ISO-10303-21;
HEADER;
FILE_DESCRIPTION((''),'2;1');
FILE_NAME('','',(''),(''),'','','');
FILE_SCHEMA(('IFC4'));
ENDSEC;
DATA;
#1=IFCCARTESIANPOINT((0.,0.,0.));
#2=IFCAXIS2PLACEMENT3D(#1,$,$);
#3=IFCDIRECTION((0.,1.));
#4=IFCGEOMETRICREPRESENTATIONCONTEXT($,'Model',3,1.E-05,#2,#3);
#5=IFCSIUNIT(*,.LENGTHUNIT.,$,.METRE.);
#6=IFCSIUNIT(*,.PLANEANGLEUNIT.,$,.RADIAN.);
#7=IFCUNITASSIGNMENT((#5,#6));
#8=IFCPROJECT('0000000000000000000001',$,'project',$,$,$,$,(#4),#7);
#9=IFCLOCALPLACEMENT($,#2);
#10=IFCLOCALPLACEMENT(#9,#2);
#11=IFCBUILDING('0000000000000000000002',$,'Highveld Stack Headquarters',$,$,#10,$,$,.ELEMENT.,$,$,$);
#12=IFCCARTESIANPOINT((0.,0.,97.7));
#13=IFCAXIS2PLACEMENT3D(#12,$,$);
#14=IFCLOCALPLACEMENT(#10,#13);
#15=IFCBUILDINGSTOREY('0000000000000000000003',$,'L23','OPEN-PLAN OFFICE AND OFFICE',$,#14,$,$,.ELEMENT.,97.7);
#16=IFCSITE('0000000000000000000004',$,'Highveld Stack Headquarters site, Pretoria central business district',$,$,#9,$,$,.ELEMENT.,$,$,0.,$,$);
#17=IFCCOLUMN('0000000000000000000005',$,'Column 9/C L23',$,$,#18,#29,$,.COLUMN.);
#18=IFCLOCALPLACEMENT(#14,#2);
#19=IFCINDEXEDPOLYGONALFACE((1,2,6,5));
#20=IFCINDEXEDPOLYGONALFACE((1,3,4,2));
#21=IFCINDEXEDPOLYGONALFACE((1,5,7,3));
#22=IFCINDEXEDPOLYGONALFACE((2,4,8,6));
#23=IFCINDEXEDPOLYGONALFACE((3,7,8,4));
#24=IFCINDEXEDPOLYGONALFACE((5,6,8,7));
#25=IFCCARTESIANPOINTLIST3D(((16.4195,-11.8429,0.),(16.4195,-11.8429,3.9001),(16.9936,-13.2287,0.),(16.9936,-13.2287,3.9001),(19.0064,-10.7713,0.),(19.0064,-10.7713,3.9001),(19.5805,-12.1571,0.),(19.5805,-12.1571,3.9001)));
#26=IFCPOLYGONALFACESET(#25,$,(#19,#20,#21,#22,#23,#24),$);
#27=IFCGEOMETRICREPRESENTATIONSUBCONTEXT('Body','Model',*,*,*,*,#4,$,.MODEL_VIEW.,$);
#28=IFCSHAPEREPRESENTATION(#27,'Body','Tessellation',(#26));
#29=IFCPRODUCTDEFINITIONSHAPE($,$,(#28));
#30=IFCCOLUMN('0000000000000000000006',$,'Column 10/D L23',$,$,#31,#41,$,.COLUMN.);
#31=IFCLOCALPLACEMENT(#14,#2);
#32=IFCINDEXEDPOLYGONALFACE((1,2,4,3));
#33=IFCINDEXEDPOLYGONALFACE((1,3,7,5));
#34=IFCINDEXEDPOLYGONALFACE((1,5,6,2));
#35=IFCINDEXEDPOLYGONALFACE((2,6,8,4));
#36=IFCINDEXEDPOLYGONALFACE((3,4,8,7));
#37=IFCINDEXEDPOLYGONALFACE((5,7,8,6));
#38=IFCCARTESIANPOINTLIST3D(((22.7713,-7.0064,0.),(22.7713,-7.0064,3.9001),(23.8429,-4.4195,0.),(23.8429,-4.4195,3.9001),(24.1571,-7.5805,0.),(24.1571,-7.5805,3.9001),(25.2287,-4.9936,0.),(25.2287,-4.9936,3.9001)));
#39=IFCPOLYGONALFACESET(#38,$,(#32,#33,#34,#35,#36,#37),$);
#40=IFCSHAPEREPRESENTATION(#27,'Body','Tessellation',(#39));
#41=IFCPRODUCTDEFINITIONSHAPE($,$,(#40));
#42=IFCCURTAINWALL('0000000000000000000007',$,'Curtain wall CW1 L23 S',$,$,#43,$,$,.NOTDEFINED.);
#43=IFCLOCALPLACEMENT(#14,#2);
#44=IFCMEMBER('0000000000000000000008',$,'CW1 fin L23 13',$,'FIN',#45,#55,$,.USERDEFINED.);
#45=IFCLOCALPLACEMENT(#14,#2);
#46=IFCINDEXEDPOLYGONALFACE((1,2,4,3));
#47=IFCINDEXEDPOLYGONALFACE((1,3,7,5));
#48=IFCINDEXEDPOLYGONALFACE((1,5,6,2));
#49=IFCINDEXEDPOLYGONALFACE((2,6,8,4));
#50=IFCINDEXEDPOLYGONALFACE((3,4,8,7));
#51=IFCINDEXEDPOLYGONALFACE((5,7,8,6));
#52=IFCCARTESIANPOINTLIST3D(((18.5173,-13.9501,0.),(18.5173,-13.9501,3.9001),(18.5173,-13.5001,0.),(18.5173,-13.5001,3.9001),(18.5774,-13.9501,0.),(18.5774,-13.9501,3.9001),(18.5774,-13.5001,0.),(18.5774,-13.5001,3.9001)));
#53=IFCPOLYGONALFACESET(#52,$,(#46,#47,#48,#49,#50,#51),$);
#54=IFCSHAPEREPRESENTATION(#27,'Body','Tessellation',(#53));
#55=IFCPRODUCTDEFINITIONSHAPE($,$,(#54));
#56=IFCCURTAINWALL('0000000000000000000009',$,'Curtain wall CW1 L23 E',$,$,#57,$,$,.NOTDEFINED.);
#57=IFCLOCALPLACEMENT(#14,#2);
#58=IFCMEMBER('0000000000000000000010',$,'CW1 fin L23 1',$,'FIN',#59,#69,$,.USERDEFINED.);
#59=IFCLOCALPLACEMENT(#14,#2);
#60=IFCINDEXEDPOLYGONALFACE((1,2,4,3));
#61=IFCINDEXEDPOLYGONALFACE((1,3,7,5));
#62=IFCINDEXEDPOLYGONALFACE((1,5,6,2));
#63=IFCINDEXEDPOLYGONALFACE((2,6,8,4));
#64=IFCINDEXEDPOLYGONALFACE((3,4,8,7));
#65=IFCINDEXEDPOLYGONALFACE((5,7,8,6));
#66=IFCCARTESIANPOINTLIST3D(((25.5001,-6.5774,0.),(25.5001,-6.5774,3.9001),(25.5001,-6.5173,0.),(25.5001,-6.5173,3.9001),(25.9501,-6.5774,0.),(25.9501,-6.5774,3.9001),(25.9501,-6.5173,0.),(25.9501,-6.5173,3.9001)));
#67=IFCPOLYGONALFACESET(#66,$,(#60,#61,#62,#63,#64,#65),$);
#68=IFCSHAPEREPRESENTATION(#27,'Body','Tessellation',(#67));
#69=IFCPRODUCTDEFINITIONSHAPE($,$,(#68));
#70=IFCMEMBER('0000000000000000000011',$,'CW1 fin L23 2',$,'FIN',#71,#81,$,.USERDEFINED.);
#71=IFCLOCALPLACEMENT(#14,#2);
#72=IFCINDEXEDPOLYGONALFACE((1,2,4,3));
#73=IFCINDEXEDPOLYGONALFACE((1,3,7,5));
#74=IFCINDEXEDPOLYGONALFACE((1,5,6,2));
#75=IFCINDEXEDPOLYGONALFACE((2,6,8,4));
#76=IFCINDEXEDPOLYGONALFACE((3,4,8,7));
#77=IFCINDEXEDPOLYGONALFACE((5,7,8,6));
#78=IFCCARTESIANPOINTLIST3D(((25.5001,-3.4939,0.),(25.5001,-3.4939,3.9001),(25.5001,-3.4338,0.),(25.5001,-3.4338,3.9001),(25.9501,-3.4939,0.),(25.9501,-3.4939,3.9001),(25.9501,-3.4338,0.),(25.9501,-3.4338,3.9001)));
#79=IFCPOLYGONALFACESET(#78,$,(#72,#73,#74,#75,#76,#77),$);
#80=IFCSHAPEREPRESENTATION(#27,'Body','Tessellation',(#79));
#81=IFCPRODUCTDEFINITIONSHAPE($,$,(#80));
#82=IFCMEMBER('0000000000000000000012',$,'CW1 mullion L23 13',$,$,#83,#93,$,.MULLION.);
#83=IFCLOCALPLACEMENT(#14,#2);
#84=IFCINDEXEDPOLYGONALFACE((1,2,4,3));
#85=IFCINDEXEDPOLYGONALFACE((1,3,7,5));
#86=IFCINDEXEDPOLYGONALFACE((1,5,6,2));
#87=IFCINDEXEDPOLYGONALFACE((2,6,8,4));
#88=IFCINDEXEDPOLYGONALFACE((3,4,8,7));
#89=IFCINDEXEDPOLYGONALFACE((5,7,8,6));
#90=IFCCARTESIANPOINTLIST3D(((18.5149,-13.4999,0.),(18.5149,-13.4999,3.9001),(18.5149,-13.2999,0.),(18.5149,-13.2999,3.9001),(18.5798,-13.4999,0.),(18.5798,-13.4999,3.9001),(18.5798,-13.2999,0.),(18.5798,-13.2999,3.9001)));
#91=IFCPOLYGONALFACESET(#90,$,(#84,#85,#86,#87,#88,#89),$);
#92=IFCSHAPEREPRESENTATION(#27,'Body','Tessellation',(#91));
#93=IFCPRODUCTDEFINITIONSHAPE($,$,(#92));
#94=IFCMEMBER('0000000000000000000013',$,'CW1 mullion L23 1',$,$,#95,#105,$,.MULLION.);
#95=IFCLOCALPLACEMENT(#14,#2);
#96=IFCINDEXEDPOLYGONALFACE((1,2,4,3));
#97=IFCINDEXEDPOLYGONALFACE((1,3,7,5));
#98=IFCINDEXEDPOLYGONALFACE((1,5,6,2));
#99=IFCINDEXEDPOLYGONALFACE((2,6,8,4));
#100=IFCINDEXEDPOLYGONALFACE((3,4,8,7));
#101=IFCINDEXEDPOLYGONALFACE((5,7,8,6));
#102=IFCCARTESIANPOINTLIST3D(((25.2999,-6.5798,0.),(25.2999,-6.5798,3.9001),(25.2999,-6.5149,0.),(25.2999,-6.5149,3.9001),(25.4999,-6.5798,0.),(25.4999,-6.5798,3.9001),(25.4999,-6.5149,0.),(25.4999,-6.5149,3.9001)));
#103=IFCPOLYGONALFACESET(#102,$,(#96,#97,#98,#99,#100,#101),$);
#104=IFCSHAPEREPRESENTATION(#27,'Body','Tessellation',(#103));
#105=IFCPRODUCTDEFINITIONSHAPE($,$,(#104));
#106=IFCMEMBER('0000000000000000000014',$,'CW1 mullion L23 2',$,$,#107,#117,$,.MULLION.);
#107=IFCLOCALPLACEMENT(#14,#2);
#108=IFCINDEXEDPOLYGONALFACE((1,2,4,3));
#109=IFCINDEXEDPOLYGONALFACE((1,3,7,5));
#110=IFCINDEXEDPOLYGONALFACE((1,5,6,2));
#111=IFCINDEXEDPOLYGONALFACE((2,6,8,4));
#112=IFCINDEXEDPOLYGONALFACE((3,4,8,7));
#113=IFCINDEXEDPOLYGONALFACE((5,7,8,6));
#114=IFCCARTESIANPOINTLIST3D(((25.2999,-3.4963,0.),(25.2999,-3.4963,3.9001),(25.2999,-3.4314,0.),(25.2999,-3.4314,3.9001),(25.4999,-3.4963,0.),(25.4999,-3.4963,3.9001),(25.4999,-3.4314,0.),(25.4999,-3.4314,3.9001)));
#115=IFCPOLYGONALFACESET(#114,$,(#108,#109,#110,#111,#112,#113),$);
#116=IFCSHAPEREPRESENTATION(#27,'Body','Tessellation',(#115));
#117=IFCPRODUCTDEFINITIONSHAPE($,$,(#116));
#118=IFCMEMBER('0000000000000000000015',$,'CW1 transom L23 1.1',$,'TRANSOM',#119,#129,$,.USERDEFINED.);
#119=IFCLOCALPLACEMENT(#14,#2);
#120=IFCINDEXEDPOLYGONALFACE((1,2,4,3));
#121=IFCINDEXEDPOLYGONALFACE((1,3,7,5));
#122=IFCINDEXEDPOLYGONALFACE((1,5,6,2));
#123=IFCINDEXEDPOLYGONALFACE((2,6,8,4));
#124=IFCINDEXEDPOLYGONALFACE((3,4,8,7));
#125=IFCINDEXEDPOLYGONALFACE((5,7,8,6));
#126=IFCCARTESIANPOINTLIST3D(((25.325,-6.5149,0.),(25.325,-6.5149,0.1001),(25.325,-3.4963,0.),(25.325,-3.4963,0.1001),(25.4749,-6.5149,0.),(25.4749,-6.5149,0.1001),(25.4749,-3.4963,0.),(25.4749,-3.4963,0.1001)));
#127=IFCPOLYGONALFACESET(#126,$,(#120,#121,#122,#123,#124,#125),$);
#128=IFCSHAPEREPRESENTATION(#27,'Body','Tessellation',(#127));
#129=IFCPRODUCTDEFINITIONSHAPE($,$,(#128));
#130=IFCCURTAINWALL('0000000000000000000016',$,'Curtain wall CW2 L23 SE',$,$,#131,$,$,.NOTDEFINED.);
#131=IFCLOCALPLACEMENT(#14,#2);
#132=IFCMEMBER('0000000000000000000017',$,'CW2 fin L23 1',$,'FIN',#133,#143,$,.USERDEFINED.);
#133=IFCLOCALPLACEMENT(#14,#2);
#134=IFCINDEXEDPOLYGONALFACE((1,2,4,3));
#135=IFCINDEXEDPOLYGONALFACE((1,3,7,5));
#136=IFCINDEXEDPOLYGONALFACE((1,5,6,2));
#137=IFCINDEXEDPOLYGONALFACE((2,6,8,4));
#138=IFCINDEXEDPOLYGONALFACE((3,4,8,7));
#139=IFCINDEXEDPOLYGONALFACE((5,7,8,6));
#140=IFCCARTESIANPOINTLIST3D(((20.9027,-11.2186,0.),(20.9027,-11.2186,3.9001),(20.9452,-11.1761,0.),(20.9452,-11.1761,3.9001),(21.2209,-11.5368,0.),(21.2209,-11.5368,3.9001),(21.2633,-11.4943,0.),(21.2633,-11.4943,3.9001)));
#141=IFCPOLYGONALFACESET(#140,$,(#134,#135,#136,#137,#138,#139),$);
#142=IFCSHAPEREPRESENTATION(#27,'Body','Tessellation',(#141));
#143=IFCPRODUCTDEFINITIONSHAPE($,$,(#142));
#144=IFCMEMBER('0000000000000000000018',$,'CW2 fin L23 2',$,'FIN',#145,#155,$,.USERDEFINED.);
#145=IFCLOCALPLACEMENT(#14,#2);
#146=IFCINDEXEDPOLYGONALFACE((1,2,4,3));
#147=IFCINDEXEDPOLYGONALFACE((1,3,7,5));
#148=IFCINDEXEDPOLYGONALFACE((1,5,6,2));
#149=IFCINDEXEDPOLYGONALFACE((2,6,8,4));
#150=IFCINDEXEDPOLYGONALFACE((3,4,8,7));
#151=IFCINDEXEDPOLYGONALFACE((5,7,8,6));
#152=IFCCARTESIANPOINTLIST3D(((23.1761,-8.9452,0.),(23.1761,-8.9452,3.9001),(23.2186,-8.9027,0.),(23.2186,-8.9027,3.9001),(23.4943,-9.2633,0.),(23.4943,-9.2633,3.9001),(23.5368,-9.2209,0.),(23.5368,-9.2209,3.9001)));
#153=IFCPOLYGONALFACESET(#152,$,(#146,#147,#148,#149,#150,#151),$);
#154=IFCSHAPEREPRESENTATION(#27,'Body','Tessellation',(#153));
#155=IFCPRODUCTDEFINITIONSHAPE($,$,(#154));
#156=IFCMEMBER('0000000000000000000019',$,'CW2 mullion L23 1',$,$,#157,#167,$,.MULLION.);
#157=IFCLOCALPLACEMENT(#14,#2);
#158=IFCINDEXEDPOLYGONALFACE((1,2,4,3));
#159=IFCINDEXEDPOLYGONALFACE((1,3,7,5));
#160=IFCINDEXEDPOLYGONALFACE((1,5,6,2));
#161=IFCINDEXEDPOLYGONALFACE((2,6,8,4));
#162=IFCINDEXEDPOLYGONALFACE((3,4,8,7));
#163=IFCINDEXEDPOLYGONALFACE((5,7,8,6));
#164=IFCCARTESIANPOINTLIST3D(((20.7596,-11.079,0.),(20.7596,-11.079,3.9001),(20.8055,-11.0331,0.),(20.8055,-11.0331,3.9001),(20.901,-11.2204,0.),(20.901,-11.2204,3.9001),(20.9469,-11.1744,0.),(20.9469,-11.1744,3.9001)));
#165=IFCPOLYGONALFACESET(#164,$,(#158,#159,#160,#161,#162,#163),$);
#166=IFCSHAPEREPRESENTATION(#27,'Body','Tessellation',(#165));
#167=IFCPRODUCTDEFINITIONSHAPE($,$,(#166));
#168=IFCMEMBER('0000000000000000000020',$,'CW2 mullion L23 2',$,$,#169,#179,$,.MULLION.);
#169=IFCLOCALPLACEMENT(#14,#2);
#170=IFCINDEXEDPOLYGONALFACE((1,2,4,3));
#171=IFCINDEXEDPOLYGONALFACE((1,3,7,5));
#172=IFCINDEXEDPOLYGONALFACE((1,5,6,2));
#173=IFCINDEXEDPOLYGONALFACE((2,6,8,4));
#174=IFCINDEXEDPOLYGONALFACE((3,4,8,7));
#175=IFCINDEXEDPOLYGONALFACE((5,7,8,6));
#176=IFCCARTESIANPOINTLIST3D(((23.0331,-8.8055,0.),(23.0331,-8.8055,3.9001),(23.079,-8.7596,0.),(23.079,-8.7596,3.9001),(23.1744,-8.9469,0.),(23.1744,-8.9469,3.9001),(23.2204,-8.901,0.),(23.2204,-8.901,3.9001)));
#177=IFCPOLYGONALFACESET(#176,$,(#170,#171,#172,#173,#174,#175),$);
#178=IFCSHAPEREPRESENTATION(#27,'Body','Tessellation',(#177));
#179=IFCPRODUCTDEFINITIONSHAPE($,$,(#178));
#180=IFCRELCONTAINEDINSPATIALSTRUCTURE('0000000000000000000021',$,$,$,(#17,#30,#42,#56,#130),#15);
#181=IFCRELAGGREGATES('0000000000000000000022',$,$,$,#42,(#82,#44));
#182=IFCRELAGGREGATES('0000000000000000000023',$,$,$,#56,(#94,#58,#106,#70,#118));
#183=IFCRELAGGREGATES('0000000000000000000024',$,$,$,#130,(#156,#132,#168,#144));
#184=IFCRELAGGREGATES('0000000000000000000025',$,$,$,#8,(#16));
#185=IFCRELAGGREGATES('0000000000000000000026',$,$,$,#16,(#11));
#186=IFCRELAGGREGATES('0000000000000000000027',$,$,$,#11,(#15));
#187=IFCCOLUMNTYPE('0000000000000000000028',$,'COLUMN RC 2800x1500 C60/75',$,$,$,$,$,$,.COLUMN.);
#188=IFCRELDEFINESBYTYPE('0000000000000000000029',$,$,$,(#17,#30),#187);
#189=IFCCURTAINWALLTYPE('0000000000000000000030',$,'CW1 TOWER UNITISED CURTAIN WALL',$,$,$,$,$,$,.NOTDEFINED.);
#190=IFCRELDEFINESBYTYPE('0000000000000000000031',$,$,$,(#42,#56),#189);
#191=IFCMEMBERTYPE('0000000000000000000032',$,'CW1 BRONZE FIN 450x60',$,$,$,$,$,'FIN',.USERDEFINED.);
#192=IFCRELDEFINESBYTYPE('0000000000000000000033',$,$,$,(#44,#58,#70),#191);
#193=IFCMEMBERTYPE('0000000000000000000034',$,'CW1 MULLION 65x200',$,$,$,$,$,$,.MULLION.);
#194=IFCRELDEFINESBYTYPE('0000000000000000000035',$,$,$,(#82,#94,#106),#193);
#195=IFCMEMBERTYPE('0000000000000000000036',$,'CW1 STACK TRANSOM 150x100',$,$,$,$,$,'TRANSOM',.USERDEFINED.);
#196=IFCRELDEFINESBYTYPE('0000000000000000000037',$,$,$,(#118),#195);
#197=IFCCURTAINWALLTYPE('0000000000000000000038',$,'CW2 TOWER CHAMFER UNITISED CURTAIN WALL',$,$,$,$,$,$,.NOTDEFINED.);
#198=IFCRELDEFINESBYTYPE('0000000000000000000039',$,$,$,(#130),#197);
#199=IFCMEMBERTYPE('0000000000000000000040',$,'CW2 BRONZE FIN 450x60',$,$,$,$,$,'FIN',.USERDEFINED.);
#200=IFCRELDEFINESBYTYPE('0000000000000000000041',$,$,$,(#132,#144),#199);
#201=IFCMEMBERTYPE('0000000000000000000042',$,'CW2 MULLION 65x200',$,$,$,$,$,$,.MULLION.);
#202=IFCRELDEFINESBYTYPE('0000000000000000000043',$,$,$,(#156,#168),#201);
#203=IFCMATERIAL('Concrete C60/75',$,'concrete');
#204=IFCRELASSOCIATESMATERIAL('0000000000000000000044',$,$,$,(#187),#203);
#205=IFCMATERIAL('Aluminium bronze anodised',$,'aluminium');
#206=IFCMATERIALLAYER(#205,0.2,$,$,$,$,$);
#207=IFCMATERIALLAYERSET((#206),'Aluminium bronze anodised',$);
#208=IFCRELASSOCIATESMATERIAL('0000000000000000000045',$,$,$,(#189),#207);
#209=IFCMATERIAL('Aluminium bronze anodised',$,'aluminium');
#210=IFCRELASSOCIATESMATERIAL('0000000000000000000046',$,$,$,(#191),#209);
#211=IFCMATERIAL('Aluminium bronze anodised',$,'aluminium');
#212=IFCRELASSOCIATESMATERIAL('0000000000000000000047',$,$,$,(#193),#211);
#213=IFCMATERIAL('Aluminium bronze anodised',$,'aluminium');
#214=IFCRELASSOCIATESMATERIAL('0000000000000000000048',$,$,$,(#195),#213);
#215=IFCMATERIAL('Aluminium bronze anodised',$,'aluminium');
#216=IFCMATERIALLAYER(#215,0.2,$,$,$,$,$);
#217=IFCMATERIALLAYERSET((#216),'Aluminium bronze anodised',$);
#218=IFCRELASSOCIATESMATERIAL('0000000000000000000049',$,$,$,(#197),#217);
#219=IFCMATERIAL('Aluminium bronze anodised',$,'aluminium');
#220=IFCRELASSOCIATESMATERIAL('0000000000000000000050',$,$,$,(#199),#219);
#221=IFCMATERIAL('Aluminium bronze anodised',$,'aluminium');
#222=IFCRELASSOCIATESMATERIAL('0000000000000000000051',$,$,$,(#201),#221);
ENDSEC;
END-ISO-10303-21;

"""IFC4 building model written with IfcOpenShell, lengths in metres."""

from ifc_helpers import new_model, si_unit, direction, frame, origin, origin_2d, place, context, subcontext, project, spatial, rectangle, extrude, material, layer, layer_set, material_profile, profile_set, type_object, element, aggregate, save


model = new_model("IFC4")

# Units and contexts
model_context = context("Model", 3, precision=1e-05, world=origin(), true_north=direction((0.0, 1.0)))
body_context = subcontext(model_context, "Body", "Model", "MODEL_VIEW")
ifc_project = project(units=[si_unit("LENGTHUNIT", "METRE"), si_unit("PLANEANGLEUNIT", "RADIAN")], contexts=[model_context])

# Site, building, storey
site_placement = place(None, origin())
site = spatial("IfcSite", under=ifc_project, at=site_placement, Name="Highveld Stack Headquarters site, Pretoria central business district", CompositionType="ELEMENT", RefElevation=0.0)
building_placement = place(site_placement, origin())
building = spatial("IfcBuilding", under=site, at=building_placement, Name="Highveld Stack Headquarters", CompositionType="ELEMENT")
storey_placement = place(building_placement, frame((0.0, 0.0, 97.7)))
storey = spatial("IfcBuildingStorey", under=building, at=storey_placement, Name="L23", Description="OPEN-PLAN OFFICE AND OFFICE", CompositionType="ELEMENT", Elevation=97.7)

# Columns
ifc_material_1 = material(Name="Concrete C60/75", Category="concrete")
ifc_material_profile_1 = material_profile(ifc_material_1, rectangle(XDim=2.8, YDim=1.5, at=origin_2d()), Name="RC 2800x1500")
ifc_profile_set_1 = profile_set([ifc_material_profile_1], Name="Concrete C60/75")
column_type = type_object("IfcColumnType", Name="COLUMN RC 2800x1500 C60/75", PredefinedType="COLUMN", material=ifc_profile_set_1)
for number, where, z_axis, x_axis, name in (
    (1, (18.0, -12.0, 0.0), (0.0, 0.0, 1.0), (-0.92388, -0.382683, 0.0), "Column 9/C L23"),
    (2, (24.0, -6.0, 0.0), (0.0, 0.0, 1.0), (-0.382683, -0.92388, 0.0), "Column 10/D L23"),
):
    element("IfcColumn", number, at=place(storey_placement, frame(where, z_axis=z_axis, x_axis=x_axis)), inside=storey, type_object=column_type, Name=name, PredefinedType="COLUMN", context=body_context, shape_type="SweptSolid", body=[
        extrude(rectangle(XDim=2.8, YDim=1.5, at=origin_2d()), origin(), (0.0, 0.0, 1.0), 3.9001),
    ])

# Curtain wall, member
ifc_material_2 = material(Name="Aluminium bronze anodised", Category="aluminium")
ifc_layer_1 = layer(ifc_material_2, 0.2)
ifc_layer_set_1 = layer_set([ifc_layer_1], Name="Aluminium bronze anodised")
curtain_wall_type_1 = type_object("IfcCurtainWallType", Name="CW1 TOWER UNITISED CURTAIN WALL", PredefinedType="NOTDEFINED", material=ifc_layer_set_1)
curtain_wall_1_placement = place(storey_placement, origin())
curtain_wall_1 = element("IfcCurtainWall", 3, at=curtain_wall_1_placement, inside=storey, type_object=curtain_wall_type_1, Name="Curtain wall CW1 L23 S", PredefinedType="NOTDEFINED")
ifc_material_3 = material(Name="Aluminium bronze anodised", Category="aluminium")
ifc_material_profile_2 = material_profile(ifc_material_3, rectangle(XDim=0.45, YDim=0.0601, at=origin_2d()), Name="FIN 450x60")
ifc_profile_set_2 = profile_set([ifc_material_profile_2], Name="Aluminium bronze anodised")
member_type_1 = type_object("IfcMemberType", Name="CW1 BRONZE FIN 450x60", ElementType="FIN", PredefinedType="USERDEFINED", material=ifc_profile_set_2)
member_1_placement = place(storey_placement, frame((18.5474, -13.7251, 0.0), z_axis=(0.0, 0.0, 1.0), x_axis=(0.0, 1.0, 0.0)))
member_1 = element("IfcMember", 4, at=member_1_placement, type_object=member_type_1, Name="CW1 fin L23 13", ObjectType="FIN", PredefinedType="USERDEFINED", context=body_context, shape_type="SweptSolid", body=[
    extrude(rectangle(XDim=0.45, YDim=0.0601, at=origin_2d()), origin(), (0.0, 0.0, 1.0), 3.9001),
])

# Curtain wall, members
curtain_wall_2_placement = place(storey_placement, origin())
curtain_wall_2 = element("IfcCurtainWall", 5, at=curtain_wall_2_placement, inside=storey, type_object=curtain_wall_type_1, Name="Curtain wall CW1 L23 E", PredefinedType="NOTDEFINED")
member_2_placement = place(storey_placement, frame((25.7251, -6.5474, 0.0), z_axis=(0.0, 0.0, 1.0), x_axis=(-1.0, 0.0, 0.0)))
member_2 = element("IfcMember", 6, at=member_2_placement, type_object=member_type_1, Name="CW1 fin L23 1", ObjectType="FIN", PredefinedType="USERDEFINED", context=body_context, shape_type="SweptSolid", body=[
    extrude(rectangle(XDim=0.45, YDim=0.0601, at=origin_2d()), origin(), (0.0, 0.0, 1.0), 3.9001),
])
member_3_placement = place(storey_placement, frame((25.7251, -3.4639, 0.0), z_axis=(0.0, 0.0, 1.0), x_axis=(-1.0, 0.0, 0.0)))
member_3 = element("IfcMember", 7, at=member_3_placement, type_object=member_type_1, Name="CW1 fin L23 2", ObjectType="FIN", PredefinedType="USERDEFINED", context=body_context, shape_type="SweptSolid", body=[
    extrude(rectangle(XDim=0.45, YDim=0.0601, at=origin_2d()), origin(), (0.0, 0.0, 1.0), 3.9001),
])

# Members
ifc_material_4 = material(Name="Aluminium bronze anodised", Category="aluminium")
ifc_material_profile_3 = material_profile(ifc_material_4, rectangle(XDim=0.2, YDim=0.0649, at=origin_2d()), Name="CW1 MULLION 65x200")
ifc_profile_set_3 = profile_set([ifc_material_profile_3], Name="Aluminium bronze anodised")
member_type_2 = type_object("IfcMemberType", Name="CW1 MULLION 65x200", PredefinedType="MULLION", material=ifc_profile_set_3)
member_4_placement = place(storey_placement, frame((18.5474, -13.3999, 0.0), z_axis=(0.0, 0.0, 1.0), x_axis=(0.0, 1.0, 0.0)))
member_4 = element("IfcMember", 8, at=member_4_placement, type_object=member_type_2, Name="CW1 mullion L23 13", PredefinedType="MULLION", context=body_context, shape_type="SweptSolid", body=[
    extrude(rectangle(XDim=0.2, YDim=0.0649, at=origin_2d()), origin(), (0.0, 0.0, 1.0), 3.9001),
])
member_5_placement = place(storey_placement, frame((25.3999, -6.5474, 0.0), z_axis=(0.0, 0.0, 1.0), x_axis=(-1.0, 0.0, 0.0)))
member_5 = element("IfcMember", 9, at=member_5_placement, type_object=member_type_2, Name="CW1 mullion L23 1", PredefinedType="MULLION", context=body_context, shape_type="SweptSolid", body=[
    extrude(rectangle(XDim=0.2, YDim=0.0649, at=origin_2d()), origin(), (0.0, 0.0, 1.0), 3.9001),
])
member_6_placement = place(storey_placement, frame((25.3999, -3.4639, 0.0), z_axis=(0.0, 0.0, 1.0), x_axis=(-1.0, 0.0, 0.0)))
member_6 = element("IfcMember", 10, at=member_6_placement, type_object=member_type_2, Name="CW1 mullion L23 2", PredefinedType="MULLION", context=body_context, shape_type="SweptSolid", body=[
    extrude(rectangle(XDim=0.2, YDim=0.0649, at=origin_2d()), origin(), (0.0, 0.0, 1.0), 3.9001),
])
ifc_material_5 = material(Name="Aluminium bronze anodised", Category="aluminium")
ifc_material_profile_4 = material_profile(ifc_material_5, rectangle(XDim=0.1499, YDim=0.1001, at=origin_2d()), Name="CW1 TRANSOM 150x100")
ifc_profile_set_4 = profile_set([ifc_material_profile_4], Name="Aluminium bronze anodised")
member_type_3 = type_object("IfcMemberType", Name="CW1 STACK TRANSOM 150x100", ElementType="TRANSOM", PredefinedType="USERDEFINED", material=ifc_profile_set_4)
member_7_placement = place(storey_placement, frame((25.3999, -6.5149, 0.05), z_axis=(0.0, 1.0, 0.0), x_axis=(-1.0, 0.0, 0.0)))
member_7 = element("IfcMember", 11, at=member_7_placement, type_object=member_type_3, Name="CW1 transom L23 1.1", ObjectType="TRANSOM", PredefinedType="USERDEFINED", context=body_context, shape_type="SweptSolid", body=[
    extrude(rectangle(XDim=0.1499, YDim=0.1001, at=origin_2d()), origin(), (0.0, 0.0, 1.0), 3.0186),
])

# Curtain wall, members
ifc_material_6 = material(Name="Aluminium bronze anodised", Category="aluminium")
ifc_layer_2 = layer(ifc_material_6, 0.2)
ifc_layer_set_2 = layer_set([ifc_layer_2], Name="Aluminium bronze anodised")
curtain_wall_type_2 = type_object("IfcCurtainWallType", Name="CW2 TOWER CHAMFER UNITISED CURTAIN WALL", PredefinedType="NOTDEFINED", material=ifc_layer_set_2)
curtain_wall_3_placement = place(storey_placement, origin())
curtain_wall_3 = element("IfcCurtainWall", 12, at=curtain_wall_3_placement, inside=storey, type_object=curtain_wall_type_2, Name="Curtain wall CW2 L23 SE", PredefinedType="NOTDEFINED")
ifc_material_7 = material(Name="Aluminium bronze anodised", Category="aluminium")
ifc_material_profile_5 = material_profile(ifc_material_7, rectangle(XDim=0.45, YDim=0.0601, at=origin_2d()), Name="FIN 450x60")
ifc_profile_set_5 = profile_set([ifc_material_profile_5], Name="Aluminium bronze anodised")
member_type_4 = type_object("IfcMemberType", Name="CW2 BRONZE FIN 450x60", ElementType="FIN", PredefinedType="USERDEFINED", material=ifc_profile_set_5)
member_8_placement = place(storey_placement, frame((21.083, -11.3564, 0.0), z_axis=(0.0, 0.0, 1.0), x_axis=(-0.707107, 0.707107, 0.0)))
member_8 = element("IfcMember", 13, at=member_8_placement, type_object=member_type_4, Name="CW2 fin L23 1", ObjectType="FIN", PredefinedType="USERDEFINED", context=body_context, shape_type="SweptSolid", body=[
    extrude(rectangle(XDim=0.45, YDim=0.0601, at=origin_2d()), origin(), (0.0, 0.0, 1.0), 3.9001),
])
member_9_placement = place(storey_placement, frame((23.3564, -9.083, 0.0), z_axis=(0.0, 0.0, 1.0), x_axis=(-0.707107, 0.707107, 0.0)))
member_9 = element("IfcMember", 14, at=member_9_placement, type_object=member_type_4, Name="CW2 fin L23 2", ObjectType="FIN", PredefinedType="USERDEFINED", context=body_context, shape_type="SweptSolid", body=[
    extrude(rectangle(XDim=0.45, YDim=0.0601, at=origin_2d()), origin(), (0.0, 0.0, 1.0), 3.9001),
])
ifc_material_8 = material(Name="Aluminium bronze anodised", Category="aluminium")
ifc_material_profile_6 = material_profile(ifc_material_8, rectangle(XDim=0.2, YDim=0.0649, at=origin_2d()), Name="CW2 MULLION 65x200")
ifc_profile_set_6 = profile_set([ifc_material_profile_6], Name="Aluminium bronze anodised")
member_type_5 = type_object("IfcMemberType", Name="CW2 MULLION 65x200", PredefinedType="MULLION", material=ifc_profile_set_6)
member_10_placement = place(storey_placement, frame((20.8533, -11.1267, 0.0), z_axis=(0.0, 0.0, 1.0), x_axis=(-0.707107, 0.707107, 0.0)))
member_10 = element("IfcMember", 15, at=member_10_placement, type_object=member_type_5, Name="CW2 mullion L23 1", PredefinedType="MULLION", context=body_context, shape_type="SweptSolid", body=[
    extrude(rectangle(XDim=0.2, YDim=0.0649, at=origin_2d()), origin(), (0.0, 0.0, 1.0), 3.9001),
])
member_11_placement = place(storey_placement, frame((23.1267, -8.8533, 0.0), z_axis=(0.0, 0.0, 1.0), x_axis=(-0.707107, 0.707107, 0.0)))
member_11 = element("IfcMember", 16, at=member_11_placement, type_object=member_type_5, Name="CW2 mullion L23 2", PredefinedType="MULLION", context=body_context, shape_type="SweptSolid", body=[
    extrude(rectangle(XDim=0.2, YDim=0.0649, at=origin_2d()), origin(), (0.0, 0.0, 1.0), 3.9001),
])

aggregate(curtain_wall_1, [member_4, member_1])
aggregate(curtain_wall_2, [member_5, member_2, member_6, member_3, member_7])
aggregate(curtain_wall_3, [member_10, member_8, member_11, member_9])

save(model, "model.ifc")
